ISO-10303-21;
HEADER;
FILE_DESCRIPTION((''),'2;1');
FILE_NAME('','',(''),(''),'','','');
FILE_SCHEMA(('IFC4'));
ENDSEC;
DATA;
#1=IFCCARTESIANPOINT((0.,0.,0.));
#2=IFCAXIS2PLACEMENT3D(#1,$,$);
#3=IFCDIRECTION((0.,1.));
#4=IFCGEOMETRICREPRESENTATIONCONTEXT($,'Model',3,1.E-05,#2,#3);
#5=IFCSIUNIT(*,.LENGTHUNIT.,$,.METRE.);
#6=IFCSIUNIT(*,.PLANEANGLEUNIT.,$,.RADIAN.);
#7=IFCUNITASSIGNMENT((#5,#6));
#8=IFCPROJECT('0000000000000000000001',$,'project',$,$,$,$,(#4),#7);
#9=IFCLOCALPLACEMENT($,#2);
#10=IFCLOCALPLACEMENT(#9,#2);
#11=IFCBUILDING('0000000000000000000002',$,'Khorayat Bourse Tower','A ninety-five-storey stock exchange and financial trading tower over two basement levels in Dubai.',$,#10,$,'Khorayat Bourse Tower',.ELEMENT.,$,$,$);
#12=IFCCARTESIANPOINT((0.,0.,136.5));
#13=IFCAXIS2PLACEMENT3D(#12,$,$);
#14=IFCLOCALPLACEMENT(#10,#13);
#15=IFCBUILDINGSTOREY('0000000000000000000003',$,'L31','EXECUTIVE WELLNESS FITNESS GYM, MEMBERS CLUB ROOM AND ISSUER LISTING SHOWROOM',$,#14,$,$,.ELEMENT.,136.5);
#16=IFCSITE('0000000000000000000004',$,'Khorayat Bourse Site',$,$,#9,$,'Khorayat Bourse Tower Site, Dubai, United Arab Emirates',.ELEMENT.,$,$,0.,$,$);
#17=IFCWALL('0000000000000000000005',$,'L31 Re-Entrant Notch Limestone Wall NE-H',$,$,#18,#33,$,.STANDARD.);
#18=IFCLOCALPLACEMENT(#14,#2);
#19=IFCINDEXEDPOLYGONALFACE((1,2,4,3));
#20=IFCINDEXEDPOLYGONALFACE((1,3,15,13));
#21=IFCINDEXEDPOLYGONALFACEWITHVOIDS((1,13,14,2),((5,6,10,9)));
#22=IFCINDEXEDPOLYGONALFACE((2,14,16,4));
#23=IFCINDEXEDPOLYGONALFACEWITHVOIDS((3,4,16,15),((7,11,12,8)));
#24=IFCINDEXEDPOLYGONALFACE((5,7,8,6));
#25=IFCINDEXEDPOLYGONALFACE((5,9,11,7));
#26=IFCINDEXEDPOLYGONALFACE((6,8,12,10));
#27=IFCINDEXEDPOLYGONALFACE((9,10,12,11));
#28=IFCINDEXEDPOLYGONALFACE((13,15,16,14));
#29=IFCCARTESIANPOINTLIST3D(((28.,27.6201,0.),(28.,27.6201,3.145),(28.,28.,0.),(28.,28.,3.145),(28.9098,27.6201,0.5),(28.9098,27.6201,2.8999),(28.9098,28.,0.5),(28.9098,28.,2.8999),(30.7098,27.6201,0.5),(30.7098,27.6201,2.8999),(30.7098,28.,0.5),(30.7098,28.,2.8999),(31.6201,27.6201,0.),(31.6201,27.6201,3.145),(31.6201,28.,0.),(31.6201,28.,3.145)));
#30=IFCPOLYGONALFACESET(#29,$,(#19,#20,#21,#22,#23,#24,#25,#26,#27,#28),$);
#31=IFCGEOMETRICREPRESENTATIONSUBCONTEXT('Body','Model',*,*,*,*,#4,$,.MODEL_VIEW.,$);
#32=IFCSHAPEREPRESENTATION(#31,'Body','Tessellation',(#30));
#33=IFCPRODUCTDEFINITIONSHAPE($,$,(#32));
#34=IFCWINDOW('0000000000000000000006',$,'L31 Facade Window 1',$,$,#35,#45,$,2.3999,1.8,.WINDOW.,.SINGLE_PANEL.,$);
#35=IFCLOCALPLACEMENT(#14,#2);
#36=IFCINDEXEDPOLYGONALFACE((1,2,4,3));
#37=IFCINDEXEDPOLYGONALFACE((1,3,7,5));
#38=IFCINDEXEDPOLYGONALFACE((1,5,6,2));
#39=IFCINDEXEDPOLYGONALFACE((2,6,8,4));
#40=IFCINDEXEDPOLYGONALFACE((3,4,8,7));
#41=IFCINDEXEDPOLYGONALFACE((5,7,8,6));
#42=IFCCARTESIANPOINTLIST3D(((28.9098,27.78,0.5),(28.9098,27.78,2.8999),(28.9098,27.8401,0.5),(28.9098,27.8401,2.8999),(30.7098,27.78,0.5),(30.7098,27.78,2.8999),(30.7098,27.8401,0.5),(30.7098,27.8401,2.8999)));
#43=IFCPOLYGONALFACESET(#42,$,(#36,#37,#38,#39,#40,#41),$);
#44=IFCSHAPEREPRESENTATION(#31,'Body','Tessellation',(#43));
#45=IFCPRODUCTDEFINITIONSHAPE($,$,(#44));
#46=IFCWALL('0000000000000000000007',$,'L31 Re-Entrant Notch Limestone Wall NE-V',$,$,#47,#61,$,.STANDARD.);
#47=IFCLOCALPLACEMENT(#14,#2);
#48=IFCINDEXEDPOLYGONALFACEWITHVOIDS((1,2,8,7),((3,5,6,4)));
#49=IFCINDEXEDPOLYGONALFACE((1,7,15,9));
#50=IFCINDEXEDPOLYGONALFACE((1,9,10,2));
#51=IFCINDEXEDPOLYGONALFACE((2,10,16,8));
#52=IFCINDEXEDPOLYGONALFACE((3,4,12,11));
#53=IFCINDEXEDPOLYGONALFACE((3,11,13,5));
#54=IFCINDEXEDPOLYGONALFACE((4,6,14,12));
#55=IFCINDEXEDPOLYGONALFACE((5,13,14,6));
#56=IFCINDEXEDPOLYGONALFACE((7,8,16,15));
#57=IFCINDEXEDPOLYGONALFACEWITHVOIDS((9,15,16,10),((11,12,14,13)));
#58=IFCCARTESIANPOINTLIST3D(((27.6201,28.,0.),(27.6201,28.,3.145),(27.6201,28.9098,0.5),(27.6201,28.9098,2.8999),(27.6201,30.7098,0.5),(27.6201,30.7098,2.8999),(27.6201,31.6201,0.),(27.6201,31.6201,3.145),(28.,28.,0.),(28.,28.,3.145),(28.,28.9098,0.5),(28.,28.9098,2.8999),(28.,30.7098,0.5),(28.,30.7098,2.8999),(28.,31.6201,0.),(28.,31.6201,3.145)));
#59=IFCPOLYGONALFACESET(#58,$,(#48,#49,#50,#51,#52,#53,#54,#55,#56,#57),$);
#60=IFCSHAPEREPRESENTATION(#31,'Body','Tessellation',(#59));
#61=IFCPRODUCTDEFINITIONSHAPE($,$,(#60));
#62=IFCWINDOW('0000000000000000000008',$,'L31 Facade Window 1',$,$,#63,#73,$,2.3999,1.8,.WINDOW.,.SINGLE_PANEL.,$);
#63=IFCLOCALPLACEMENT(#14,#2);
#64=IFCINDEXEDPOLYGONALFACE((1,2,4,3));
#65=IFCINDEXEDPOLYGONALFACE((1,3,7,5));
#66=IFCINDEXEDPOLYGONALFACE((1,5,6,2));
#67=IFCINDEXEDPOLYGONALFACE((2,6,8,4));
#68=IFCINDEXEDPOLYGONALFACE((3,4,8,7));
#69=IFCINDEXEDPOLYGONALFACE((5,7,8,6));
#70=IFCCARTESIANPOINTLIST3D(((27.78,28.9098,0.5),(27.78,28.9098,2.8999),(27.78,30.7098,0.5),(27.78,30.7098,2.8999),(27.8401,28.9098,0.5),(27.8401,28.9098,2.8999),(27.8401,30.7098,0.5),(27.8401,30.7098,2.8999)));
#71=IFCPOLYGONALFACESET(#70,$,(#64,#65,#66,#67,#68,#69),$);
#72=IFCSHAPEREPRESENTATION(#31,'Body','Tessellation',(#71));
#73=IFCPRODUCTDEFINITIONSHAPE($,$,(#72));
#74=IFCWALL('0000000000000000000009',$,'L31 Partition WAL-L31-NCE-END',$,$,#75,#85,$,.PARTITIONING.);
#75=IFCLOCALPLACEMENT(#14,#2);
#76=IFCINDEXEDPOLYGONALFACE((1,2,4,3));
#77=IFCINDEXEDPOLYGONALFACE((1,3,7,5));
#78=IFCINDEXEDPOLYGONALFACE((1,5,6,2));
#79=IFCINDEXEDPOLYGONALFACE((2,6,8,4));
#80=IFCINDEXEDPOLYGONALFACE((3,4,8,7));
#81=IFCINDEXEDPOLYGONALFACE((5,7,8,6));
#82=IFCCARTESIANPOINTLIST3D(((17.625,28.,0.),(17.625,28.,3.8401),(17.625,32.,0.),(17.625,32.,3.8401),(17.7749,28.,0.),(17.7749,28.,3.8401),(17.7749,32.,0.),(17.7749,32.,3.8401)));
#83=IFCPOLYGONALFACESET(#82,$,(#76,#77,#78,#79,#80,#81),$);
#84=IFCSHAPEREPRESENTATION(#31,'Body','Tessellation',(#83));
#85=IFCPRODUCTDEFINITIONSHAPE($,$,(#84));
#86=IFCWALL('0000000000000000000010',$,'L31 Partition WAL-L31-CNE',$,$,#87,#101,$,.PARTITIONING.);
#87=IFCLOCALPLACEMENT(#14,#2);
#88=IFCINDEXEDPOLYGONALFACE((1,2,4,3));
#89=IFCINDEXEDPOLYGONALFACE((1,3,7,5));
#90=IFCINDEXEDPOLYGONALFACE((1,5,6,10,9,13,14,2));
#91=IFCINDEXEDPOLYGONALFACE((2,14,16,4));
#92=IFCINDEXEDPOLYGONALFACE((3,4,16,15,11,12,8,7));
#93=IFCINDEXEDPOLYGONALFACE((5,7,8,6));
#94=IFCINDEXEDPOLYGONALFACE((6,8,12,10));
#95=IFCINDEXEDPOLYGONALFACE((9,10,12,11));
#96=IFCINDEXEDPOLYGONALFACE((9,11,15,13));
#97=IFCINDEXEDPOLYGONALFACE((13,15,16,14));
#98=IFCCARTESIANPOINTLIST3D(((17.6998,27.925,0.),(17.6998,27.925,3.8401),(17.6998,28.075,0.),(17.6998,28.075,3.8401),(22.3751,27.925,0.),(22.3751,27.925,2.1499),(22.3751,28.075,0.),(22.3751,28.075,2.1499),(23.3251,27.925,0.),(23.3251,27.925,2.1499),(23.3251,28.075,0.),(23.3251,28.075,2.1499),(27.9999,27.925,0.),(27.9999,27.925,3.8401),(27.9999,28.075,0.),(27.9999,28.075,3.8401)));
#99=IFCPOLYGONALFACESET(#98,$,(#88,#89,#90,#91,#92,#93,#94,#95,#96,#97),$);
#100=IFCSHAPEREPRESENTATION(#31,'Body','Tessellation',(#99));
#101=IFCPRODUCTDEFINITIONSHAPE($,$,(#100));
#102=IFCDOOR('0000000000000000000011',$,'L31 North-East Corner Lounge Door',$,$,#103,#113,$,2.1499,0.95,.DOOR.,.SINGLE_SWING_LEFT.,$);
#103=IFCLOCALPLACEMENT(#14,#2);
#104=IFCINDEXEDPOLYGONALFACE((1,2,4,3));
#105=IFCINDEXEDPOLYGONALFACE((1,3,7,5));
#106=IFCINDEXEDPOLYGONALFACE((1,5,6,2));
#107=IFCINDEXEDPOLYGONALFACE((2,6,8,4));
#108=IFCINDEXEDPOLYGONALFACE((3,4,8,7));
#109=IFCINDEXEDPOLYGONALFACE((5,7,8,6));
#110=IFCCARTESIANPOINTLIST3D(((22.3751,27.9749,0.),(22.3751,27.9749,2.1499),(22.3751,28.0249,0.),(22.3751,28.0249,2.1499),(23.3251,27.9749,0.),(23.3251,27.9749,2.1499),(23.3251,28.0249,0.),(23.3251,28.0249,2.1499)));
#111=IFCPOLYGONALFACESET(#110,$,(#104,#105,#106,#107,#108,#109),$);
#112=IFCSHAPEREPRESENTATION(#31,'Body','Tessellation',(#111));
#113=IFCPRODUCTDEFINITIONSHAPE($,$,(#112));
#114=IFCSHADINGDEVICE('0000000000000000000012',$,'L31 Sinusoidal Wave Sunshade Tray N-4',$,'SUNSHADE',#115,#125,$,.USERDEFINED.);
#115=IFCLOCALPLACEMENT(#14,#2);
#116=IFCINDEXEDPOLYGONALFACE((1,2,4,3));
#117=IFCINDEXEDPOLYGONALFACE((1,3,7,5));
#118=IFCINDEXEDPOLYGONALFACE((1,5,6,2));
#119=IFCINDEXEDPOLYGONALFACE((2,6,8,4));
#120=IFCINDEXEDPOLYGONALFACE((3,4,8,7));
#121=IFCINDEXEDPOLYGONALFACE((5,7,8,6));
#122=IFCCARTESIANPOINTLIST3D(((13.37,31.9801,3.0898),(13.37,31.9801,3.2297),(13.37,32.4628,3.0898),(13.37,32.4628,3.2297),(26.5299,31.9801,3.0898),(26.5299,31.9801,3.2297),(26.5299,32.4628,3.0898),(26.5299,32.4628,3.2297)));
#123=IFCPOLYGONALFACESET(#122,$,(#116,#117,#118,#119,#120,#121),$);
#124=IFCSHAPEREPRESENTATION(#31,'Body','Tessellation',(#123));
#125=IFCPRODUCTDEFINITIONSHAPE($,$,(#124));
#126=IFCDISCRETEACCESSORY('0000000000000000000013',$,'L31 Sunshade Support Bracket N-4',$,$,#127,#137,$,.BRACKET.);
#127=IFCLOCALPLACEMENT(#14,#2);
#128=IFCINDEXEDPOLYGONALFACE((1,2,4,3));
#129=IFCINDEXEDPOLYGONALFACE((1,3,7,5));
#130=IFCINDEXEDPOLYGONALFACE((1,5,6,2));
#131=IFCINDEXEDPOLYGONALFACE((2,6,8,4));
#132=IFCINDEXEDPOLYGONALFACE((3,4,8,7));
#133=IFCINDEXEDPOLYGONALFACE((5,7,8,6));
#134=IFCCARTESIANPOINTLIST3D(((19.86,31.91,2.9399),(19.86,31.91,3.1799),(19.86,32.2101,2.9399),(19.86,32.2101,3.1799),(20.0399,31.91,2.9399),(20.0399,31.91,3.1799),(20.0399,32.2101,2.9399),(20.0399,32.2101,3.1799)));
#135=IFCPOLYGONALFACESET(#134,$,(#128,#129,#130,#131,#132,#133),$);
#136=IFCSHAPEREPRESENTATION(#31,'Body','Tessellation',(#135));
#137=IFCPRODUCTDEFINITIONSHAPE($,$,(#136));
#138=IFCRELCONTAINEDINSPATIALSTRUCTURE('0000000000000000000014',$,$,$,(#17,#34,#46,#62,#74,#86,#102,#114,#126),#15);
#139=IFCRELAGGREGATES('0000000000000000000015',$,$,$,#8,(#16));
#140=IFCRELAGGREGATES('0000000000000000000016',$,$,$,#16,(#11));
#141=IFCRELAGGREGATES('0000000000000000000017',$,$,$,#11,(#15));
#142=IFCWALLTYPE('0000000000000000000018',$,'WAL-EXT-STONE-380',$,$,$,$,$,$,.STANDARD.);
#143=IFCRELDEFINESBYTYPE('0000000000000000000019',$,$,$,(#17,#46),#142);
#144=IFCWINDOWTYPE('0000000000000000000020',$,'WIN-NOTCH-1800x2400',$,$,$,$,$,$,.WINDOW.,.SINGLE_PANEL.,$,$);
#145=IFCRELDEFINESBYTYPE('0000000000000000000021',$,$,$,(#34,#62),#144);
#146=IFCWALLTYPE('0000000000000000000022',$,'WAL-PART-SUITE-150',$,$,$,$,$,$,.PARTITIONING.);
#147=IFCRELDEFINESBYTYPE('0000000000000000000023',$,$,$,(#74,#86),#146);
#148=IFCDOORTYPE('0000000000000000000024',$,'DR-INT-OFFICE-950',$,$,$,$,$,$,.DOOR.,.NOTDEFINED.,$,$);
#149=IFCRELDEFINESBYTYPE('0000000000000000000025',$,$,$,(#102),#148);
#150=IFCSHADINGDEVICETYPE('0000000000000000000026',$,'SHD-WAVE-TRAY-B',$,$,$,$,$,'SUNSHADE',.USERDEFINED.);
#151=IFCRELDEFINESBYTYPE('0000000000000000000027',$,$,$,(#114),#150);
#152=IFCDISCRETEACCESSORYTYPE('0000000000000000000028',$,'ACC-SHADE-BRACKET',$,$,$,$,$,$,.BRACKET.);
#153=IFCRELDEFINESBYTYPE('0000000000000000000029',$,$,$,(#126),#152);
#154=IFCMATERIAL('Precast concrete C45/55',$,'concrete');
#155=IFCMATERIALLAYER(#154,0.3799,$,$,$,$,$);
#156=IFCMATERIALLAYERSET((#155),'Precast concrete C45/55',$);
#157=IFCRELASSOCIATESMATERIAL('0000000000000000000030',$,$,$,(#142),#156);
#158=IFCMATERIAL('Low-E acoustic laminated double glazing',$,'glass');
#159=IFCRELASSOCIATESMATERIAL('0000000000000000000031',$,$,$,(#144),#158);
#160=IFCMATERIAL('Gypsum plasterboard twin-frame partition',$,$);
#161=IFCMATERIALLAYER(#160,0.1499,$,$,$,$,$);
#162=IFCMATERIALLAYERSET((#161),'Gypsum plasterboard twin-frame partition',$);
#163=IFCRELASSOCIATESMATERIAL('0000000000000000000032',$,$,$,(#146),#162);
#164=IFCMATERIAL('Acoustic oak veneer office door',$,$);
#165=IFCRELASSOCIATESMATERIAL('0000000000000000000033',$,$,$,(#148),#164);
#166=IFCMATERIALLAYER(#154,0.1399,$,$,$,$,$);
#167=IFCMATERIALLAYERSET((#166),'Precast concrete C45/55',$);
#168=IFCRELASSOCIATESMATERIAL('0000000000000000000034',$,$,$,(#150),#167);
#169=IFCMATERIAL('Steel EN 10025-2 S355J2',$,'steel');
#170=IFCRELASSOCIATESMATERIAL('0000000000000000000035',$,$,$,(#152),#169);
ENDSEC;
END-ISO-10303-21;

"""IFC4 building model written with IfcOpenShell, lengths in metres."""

from ifc_helpers import new_model, si_unit, direction, frame, frame_2d, origin, origin_2d, place, context, subcontext, project, spatial, rectangle, extrude, source, transform, mapped, material, layer, layer_set, type_object, element, fill, save


model = new_model("IFC4")

# Units and contexts
model_context = context("Model", 3, precision=1e-05, world=origin(), true_north=direction((0.0, 1.0)))
body_context = subcontext(model_context, "Body", "Model", "MODEL_VIEW")
ifc_project = project(units=[si_unit("LENGTHUNIT", "METRE"), si_unit("PLANEANGLEUNIT", "RADIAN")], contexts=[model_context])

# Site, building, storey
site_placement = place(None, origin())
site = spatial("IfcSite", under=ifc_project, at=site_placement, Name="Khorayat Bourse Site", LongName="Khorayat Bourse Tower Site, Dubai, United Arab Emirates", CompositionType="ELEMENT", RefElevation=0.0)
building_placement = place(site_placement, origin())
building = spatial("IfcBuilding", under=site, at=building_placement, Name="Khorayat Bourse Tower", Description="A ninety-five-storey stock exchange and financial trading tower over two basement levels in Dubai.", LongName="Khorayat Bourse Tower", CompositionType="ELEMENT")
storey_placement = place(building_placement, frame((0.0, 0.0, 136.5)))
storey = spatial("IfcBuildingStorey", under=building, at=storey_placement, Name="L31", Description="EXECUTIVE WELLNESS FITNESS GYM, MEMBERS CLUB ROOM AND ISSUER LISTING SHOWROOM", CompositionType="ELEMENT", Elevation=136.5)

# Shared definitions
ifc_material_1 = material(Name="Steel EN 10025-2 S355J2", Category="steel")

# Walls, openings, windows
ifc_material_2 = material(Name="Precast concrete C45/55", Category="concrete")
ifc_layer_1 = layer(ifc_material_2, 0.3799)
ifc_layer_set_1 = layer_set([ifc_layer_1], Name="Precast concrete C45/55")
wall_type_1 = type_object("IfcWallType", Name="WAL-EXT-STONE-380", PredefinedType="STANDARD", material=ifc_layer_set_1)
shared_shape_1 = source(origin(), body_context, "Body", "SweptSolid", [
    extrude(rectangle(XDim=3.6201, YDim=0.3799, at=frame_2d((1.8101, 0.0))), origin(), (0.0, 0.0, 1.0), 3.145),
])
wall_1_placement = place(storey_placement, frame((28.0, 27.8101, 0.0), z_axis=(0.0, 0.0, 1.0), x_axis=(1.0, 0.0, 0.0)))
wall_1 = element("IfcWall", 1, at=wall_1_placement, inside=storey, type_object=wall_type_1, Name="L31 Re-Entrant Notch Limestone Wall NE-H", PredefinedType="STANDARD", context=body_context, shape_type="MappedRepresentation", body=[
    mapped(shared_shape_1, transform((0.0, 0.0, 0.0), scale=1.0)),
])
shared_shape_2 = source(origin(), body_context, "Body", "SweptSolid", [
    extrude(rectangle(XDim=1.8, YDim=2.3999, at=frame_2d((0.8999, 1.2))), frame((0.0, 0.2, 0.0), z_axis=(0.0, -1.0, 0.0), x_axis=(1.0, 0.0, 0.0)), (0.0, 0.0, 1.0), 0.3999),
])
opening_1_placement = place(wall_1_placement, frame((0.9099, 0.0, 0.5)))
opening_1 = element("IfcOpeningElement", 2, at=opening_1_placement, cuts=wall_1, PredefinedType="OPENING", context=body_context, shape_type="MappedRepresentation", body=[
    mapped(shared_shape_2, transform((0.0, 0.0, 0.0), scale=1.0)),
])
ifc_material_3 = material(Name="Low-E acoustic laminated double glazing", Category="glass")
window_type = type_object("IfcWindowType", Name="WIN-NOTCH-1800x2400", PartitioningType="SINGLE_PANEL", PredefinedType="WINDOW", material=ifc_material_3)
shared_shape_3 = source(origin(), body_context, "Body", "SweptSolid", [
    extrude(rectangle(XDim=1.8, YDim=2.3999, at=frame_2d((0.8999, 1.2))), frame((0.0, 0.03, 0.0), z_axis=(0.0, -1.0, 0.0), x_axis=(1.0, 0.0, 0.0)), (0.0, 0.0, 1.0), 0.0601),
])
window_1_placement = place(opening_1_placement, origin())
window_1 = element("IfcWindow", 3, at=window_1_placement, inside=storey, type_object=window_type, Name="L31 Facade Window 1", OverallHeight=2.3999, OverallWidth=1.8, PartitioningType="SINGLE_PANEL", PredefinedType="WINDOW", context=body_context, shape_type="MappedRepresentation", body=[
    mapped(shared_shape_3, transform((0.0, 0.0, 0.0), scale=1.0)),
])
fill(opening_1, window_1)
wall_2_placement = place(storey_placement, frame((27.8101, 28.0, 0.0), z_axis=(0.0, 0.0, 1.0), x_axis=(0.0, 1.0, 0.0)))
wall_2 = element("IfcWall", 4, at=wall_2_placement, inside=storey, type_object=wall_type_1, Name="L31 Re-Entrant Notch Limestone Wall NE-V", PredefinedType="STANDARD", context=body_context, shape_type="MappedRepresentation", body=[
    mapped(shared_shape_1, transform((0.0, 0.0, 0.0), scale=1.0)),
])
opening_2_placement = place(wall_2_placement, frame((0.9099, 0.0, 0.5)))
opening_2 = element("IfcOpeningElement", 5, at=opening_2_placement, cuts=wall_2, PredefinedType="OPENING", context=body_context, shape_type="MappedRepresentation", body=[
    mapped(shared_shape_2, transform((0.0, 0.0, 0.0), scale=1.0)),
])
window_2_placement = place(opening_2_placement, origin())
window_2 = element("IfcWindow", 6, at=window_2_placement, inside=storey, type_object=window_type, Name="L31 Facade Window 1", OverallHeight=2.3999, OverallWidth=1.8, PartitioningType="SINGLE_PANEL", PredefinedType="WINDOW", context=body_context, shape_type="MappedRepresentation", body=[
    mapped(shared_shape_3, transform((0.0, 0.0, 0.0), scale=1.0)),
])
fill(opening_2, window_2)

# Wall
ifc_material_4 = material(Name="Gypsum plasterboard twin-frame partition")
ifc_layer_2 = layer(ifc_material_4, 0.1499)
ifc_layer_set_2 = layer_set([ifc_layer_2], Name="Gypsum plasterboard twin-frame partition")
wall_type_2 = type_object("IfcWallType", Name="WAL-PART-SUITE-150", PredefinedType="PARTITIONING", material=ifc_layer_set_2)
shared_shape_4 = source(origin(), body_context, "Body", "SweptSolid", [
    extrude(rectangle(XDim=4.0, YDim=0.1499, at=frame_2d((2.0, 0.0))), origin(), (0.0, 0.0, 1.0), 3.8401),
])
wall_3_placement = place(storey_placement, frame((17.7, 28.0, 0.0), z_axis=(0.0, 0.0, 1.0), x_axis=(0.0, 1.0, 0.0)))
element("IfcWall", 7, at=wall_3_placement, inside=storey, type_object=wall_type_2, Name="L31 Partition WAL-L31-NCE-END", PredefinedType="PARTITIONING", context=body_context, shape_type="MappedRepresentation", body=[
    mapped(shared_shape_4, transform((0.0, 0.0, 0.0), scale=1.0)),
])

# Wall, opening, door
shared_shape_5 = source(origin(), body_context, "Body", "SweptSolid", [
    extrude(rectangle(XDim=10.3, YDim=0.1499, at=frame_2d((5.1499, 0.0))), origin(), (0.0, 0.0, 1.0), 3.8401),
])
wall_4_placement = place(storey_placement, frame((17.7, 28.0, 0.0), z_axis=(0.0, 0.0, 1.0), x_axis=(1.0, 0.0, 0.0)))
wall_4 = element("IfcWall", 8, at=wall_4_placement, inside=storey, type_object=wall_type_2, Name="L31 Partition WAL-L31-CNE", PredefinedType="PARTITIONING", context=body_context, shape_type="MappedRepresentation", body=[
    mapped(shared_shape_5, transform((0.0, 0.0, 0.0), scale=1.0)),
])
shared_shape_6 = source(origin(), body_context, "Body", "SweptSolid", [
    extrude(rectangle(XDim=0.95, YDim=2.1499, at=frame_2d((0.4751, 1.075))), frame((0.0, 0.085, 0.0), z_axis=(0.0, -1.0, 0.0), x_axis=(1.0, 0.0, 0.0)), (0.0, 0.0, 1.0), 0.1699),
])
opening_3_placement = place(wall_4_placement, frame((4.675, 0.0, 0.0)))
opening_3 = element("IfcOpeningElement", 9, at=opening_3_placement, cuts=wall_4, PredefinedType="OPENING", context=body_context, shape_type="MappedRepresentation", body=[
    mapped(shared_shape_6, transform((0.0, 0.0, 0.0), scale=1.0)),
])
ifc_material_5 = material(Name="Acoustic oak veneer office door")
door_type = type_object("IfcDoorType", Name="DR-INT-OFFICE-950", OperationType="NOTDEFINED", PredefinedType="DOOR", material=ifc_material_5)
shared_shape_7 = source(origin(), body_context, "Body", "SweptSolid", [
    extrude(rectangle(XDim=0.95, YDim=2.1499, at=frame_2d((0.4751, 1.075))), frame((0.0, 0.0249, 0.0), z_axis=(0.0, -1.0, 0.0), x_axis=(1.0, 0.0, 0.0)), (0.0, 0.0, 1.0), 0.05),
])
door_placement = place(opening_3_placement, origin())
door = element("IfcDoor", 10, at=door_placement, inside=storey, type_object=door_type, Name="L31 North-East Corner Lounge Door", OperationType="SINGLE_SWING_LEFT", OverallHeight=2.1499, OverallWidth=0.95, PredefinedType="DOOR", context=body_context, shape_type="MappedRepresentation", body=[
    mapped(shared_shape_7, transform((0.0, 0.0, 0.0), scale=1.0)),
])
fill(opening_3, door)

# Shading device
ifc_layer_3 = layer(ifc_material_2, 0.1399)
ifc_layer_set_3 = layer_set([ifc_layer_3], Name="Precast concrete C45/55")
shading_device_type = type_object("IfcShadingDeviceType", Name="SHD-WAVE-TRAY-B", ElementType="SUNSHADE", PredefinedType="USERDEFINED", material=ifc_layer_set_3)
shared_shape_8 = source(origin(), body_context, "Body", "SweptSolid", [
    extrude(rectangle(XDim=13.1599, YDim=0.4827, at=origin_2d()), origin(), (0.0, 0.0, 1.0), 0.1399),
])
shading_device_placement = place(storey_placement, frame((19.95, 32.2214, 3.0898), z_axis=(0.0, 0.0, 1.0), x_axis=(1.0, 0.0, 0.0)))
element("IfcShadingDevice", 11, at=shading_device_placement, inside=storey, type_object=shading_device_type, Name="L31 Sinusoidal Wave Sunshade Tray N-4", ObjectType="SUNSHADE", PredefinedType="USERDEFINED", context=body_context, shape_type="MappedRepresentation", body=[
    mapped(shared_shape_8, transform((0.0, 0.0, 0.0), scale=1.0)),
])

# Discrete accessory
discrete_accessory_type = type_object("IfcDiscreteAccessoryType", Name="ACC-SHADE-BRACKET", PredefinedType="BRACKET", material=ifc_material_1)
shared_shape_9 = source(origin(), body_context, "Body", "SweptSolid", [
    extrude(rectangle(XDim=0.1799, YDim=0.3, at=origin_2d()), origin(), (0.0, 0.0, 1.0), 0.24),
])
discrete_accessory_placement = place(storey_placement, frame((19.95, 32.0601, 2.9399), z_axis=(0.0, 0.0, 1.0), x_axis=(1.0, 0.0, 0.0)))
element("IfcDiscreteAccessory", 12, at=discrete_accessory_placement, inside=storey, type_object=discrete_accessory_type, Name="L31 Sunshade Support Bracket N-4", PredefinedType="BRACKET", context=body_context, shape_type="MappedRepresentation", body=[
    mapped(shared_shape_9, transform((0.0, 0.0, 0.0), scale=1.0)),
])

save(model, "model.ifc")
